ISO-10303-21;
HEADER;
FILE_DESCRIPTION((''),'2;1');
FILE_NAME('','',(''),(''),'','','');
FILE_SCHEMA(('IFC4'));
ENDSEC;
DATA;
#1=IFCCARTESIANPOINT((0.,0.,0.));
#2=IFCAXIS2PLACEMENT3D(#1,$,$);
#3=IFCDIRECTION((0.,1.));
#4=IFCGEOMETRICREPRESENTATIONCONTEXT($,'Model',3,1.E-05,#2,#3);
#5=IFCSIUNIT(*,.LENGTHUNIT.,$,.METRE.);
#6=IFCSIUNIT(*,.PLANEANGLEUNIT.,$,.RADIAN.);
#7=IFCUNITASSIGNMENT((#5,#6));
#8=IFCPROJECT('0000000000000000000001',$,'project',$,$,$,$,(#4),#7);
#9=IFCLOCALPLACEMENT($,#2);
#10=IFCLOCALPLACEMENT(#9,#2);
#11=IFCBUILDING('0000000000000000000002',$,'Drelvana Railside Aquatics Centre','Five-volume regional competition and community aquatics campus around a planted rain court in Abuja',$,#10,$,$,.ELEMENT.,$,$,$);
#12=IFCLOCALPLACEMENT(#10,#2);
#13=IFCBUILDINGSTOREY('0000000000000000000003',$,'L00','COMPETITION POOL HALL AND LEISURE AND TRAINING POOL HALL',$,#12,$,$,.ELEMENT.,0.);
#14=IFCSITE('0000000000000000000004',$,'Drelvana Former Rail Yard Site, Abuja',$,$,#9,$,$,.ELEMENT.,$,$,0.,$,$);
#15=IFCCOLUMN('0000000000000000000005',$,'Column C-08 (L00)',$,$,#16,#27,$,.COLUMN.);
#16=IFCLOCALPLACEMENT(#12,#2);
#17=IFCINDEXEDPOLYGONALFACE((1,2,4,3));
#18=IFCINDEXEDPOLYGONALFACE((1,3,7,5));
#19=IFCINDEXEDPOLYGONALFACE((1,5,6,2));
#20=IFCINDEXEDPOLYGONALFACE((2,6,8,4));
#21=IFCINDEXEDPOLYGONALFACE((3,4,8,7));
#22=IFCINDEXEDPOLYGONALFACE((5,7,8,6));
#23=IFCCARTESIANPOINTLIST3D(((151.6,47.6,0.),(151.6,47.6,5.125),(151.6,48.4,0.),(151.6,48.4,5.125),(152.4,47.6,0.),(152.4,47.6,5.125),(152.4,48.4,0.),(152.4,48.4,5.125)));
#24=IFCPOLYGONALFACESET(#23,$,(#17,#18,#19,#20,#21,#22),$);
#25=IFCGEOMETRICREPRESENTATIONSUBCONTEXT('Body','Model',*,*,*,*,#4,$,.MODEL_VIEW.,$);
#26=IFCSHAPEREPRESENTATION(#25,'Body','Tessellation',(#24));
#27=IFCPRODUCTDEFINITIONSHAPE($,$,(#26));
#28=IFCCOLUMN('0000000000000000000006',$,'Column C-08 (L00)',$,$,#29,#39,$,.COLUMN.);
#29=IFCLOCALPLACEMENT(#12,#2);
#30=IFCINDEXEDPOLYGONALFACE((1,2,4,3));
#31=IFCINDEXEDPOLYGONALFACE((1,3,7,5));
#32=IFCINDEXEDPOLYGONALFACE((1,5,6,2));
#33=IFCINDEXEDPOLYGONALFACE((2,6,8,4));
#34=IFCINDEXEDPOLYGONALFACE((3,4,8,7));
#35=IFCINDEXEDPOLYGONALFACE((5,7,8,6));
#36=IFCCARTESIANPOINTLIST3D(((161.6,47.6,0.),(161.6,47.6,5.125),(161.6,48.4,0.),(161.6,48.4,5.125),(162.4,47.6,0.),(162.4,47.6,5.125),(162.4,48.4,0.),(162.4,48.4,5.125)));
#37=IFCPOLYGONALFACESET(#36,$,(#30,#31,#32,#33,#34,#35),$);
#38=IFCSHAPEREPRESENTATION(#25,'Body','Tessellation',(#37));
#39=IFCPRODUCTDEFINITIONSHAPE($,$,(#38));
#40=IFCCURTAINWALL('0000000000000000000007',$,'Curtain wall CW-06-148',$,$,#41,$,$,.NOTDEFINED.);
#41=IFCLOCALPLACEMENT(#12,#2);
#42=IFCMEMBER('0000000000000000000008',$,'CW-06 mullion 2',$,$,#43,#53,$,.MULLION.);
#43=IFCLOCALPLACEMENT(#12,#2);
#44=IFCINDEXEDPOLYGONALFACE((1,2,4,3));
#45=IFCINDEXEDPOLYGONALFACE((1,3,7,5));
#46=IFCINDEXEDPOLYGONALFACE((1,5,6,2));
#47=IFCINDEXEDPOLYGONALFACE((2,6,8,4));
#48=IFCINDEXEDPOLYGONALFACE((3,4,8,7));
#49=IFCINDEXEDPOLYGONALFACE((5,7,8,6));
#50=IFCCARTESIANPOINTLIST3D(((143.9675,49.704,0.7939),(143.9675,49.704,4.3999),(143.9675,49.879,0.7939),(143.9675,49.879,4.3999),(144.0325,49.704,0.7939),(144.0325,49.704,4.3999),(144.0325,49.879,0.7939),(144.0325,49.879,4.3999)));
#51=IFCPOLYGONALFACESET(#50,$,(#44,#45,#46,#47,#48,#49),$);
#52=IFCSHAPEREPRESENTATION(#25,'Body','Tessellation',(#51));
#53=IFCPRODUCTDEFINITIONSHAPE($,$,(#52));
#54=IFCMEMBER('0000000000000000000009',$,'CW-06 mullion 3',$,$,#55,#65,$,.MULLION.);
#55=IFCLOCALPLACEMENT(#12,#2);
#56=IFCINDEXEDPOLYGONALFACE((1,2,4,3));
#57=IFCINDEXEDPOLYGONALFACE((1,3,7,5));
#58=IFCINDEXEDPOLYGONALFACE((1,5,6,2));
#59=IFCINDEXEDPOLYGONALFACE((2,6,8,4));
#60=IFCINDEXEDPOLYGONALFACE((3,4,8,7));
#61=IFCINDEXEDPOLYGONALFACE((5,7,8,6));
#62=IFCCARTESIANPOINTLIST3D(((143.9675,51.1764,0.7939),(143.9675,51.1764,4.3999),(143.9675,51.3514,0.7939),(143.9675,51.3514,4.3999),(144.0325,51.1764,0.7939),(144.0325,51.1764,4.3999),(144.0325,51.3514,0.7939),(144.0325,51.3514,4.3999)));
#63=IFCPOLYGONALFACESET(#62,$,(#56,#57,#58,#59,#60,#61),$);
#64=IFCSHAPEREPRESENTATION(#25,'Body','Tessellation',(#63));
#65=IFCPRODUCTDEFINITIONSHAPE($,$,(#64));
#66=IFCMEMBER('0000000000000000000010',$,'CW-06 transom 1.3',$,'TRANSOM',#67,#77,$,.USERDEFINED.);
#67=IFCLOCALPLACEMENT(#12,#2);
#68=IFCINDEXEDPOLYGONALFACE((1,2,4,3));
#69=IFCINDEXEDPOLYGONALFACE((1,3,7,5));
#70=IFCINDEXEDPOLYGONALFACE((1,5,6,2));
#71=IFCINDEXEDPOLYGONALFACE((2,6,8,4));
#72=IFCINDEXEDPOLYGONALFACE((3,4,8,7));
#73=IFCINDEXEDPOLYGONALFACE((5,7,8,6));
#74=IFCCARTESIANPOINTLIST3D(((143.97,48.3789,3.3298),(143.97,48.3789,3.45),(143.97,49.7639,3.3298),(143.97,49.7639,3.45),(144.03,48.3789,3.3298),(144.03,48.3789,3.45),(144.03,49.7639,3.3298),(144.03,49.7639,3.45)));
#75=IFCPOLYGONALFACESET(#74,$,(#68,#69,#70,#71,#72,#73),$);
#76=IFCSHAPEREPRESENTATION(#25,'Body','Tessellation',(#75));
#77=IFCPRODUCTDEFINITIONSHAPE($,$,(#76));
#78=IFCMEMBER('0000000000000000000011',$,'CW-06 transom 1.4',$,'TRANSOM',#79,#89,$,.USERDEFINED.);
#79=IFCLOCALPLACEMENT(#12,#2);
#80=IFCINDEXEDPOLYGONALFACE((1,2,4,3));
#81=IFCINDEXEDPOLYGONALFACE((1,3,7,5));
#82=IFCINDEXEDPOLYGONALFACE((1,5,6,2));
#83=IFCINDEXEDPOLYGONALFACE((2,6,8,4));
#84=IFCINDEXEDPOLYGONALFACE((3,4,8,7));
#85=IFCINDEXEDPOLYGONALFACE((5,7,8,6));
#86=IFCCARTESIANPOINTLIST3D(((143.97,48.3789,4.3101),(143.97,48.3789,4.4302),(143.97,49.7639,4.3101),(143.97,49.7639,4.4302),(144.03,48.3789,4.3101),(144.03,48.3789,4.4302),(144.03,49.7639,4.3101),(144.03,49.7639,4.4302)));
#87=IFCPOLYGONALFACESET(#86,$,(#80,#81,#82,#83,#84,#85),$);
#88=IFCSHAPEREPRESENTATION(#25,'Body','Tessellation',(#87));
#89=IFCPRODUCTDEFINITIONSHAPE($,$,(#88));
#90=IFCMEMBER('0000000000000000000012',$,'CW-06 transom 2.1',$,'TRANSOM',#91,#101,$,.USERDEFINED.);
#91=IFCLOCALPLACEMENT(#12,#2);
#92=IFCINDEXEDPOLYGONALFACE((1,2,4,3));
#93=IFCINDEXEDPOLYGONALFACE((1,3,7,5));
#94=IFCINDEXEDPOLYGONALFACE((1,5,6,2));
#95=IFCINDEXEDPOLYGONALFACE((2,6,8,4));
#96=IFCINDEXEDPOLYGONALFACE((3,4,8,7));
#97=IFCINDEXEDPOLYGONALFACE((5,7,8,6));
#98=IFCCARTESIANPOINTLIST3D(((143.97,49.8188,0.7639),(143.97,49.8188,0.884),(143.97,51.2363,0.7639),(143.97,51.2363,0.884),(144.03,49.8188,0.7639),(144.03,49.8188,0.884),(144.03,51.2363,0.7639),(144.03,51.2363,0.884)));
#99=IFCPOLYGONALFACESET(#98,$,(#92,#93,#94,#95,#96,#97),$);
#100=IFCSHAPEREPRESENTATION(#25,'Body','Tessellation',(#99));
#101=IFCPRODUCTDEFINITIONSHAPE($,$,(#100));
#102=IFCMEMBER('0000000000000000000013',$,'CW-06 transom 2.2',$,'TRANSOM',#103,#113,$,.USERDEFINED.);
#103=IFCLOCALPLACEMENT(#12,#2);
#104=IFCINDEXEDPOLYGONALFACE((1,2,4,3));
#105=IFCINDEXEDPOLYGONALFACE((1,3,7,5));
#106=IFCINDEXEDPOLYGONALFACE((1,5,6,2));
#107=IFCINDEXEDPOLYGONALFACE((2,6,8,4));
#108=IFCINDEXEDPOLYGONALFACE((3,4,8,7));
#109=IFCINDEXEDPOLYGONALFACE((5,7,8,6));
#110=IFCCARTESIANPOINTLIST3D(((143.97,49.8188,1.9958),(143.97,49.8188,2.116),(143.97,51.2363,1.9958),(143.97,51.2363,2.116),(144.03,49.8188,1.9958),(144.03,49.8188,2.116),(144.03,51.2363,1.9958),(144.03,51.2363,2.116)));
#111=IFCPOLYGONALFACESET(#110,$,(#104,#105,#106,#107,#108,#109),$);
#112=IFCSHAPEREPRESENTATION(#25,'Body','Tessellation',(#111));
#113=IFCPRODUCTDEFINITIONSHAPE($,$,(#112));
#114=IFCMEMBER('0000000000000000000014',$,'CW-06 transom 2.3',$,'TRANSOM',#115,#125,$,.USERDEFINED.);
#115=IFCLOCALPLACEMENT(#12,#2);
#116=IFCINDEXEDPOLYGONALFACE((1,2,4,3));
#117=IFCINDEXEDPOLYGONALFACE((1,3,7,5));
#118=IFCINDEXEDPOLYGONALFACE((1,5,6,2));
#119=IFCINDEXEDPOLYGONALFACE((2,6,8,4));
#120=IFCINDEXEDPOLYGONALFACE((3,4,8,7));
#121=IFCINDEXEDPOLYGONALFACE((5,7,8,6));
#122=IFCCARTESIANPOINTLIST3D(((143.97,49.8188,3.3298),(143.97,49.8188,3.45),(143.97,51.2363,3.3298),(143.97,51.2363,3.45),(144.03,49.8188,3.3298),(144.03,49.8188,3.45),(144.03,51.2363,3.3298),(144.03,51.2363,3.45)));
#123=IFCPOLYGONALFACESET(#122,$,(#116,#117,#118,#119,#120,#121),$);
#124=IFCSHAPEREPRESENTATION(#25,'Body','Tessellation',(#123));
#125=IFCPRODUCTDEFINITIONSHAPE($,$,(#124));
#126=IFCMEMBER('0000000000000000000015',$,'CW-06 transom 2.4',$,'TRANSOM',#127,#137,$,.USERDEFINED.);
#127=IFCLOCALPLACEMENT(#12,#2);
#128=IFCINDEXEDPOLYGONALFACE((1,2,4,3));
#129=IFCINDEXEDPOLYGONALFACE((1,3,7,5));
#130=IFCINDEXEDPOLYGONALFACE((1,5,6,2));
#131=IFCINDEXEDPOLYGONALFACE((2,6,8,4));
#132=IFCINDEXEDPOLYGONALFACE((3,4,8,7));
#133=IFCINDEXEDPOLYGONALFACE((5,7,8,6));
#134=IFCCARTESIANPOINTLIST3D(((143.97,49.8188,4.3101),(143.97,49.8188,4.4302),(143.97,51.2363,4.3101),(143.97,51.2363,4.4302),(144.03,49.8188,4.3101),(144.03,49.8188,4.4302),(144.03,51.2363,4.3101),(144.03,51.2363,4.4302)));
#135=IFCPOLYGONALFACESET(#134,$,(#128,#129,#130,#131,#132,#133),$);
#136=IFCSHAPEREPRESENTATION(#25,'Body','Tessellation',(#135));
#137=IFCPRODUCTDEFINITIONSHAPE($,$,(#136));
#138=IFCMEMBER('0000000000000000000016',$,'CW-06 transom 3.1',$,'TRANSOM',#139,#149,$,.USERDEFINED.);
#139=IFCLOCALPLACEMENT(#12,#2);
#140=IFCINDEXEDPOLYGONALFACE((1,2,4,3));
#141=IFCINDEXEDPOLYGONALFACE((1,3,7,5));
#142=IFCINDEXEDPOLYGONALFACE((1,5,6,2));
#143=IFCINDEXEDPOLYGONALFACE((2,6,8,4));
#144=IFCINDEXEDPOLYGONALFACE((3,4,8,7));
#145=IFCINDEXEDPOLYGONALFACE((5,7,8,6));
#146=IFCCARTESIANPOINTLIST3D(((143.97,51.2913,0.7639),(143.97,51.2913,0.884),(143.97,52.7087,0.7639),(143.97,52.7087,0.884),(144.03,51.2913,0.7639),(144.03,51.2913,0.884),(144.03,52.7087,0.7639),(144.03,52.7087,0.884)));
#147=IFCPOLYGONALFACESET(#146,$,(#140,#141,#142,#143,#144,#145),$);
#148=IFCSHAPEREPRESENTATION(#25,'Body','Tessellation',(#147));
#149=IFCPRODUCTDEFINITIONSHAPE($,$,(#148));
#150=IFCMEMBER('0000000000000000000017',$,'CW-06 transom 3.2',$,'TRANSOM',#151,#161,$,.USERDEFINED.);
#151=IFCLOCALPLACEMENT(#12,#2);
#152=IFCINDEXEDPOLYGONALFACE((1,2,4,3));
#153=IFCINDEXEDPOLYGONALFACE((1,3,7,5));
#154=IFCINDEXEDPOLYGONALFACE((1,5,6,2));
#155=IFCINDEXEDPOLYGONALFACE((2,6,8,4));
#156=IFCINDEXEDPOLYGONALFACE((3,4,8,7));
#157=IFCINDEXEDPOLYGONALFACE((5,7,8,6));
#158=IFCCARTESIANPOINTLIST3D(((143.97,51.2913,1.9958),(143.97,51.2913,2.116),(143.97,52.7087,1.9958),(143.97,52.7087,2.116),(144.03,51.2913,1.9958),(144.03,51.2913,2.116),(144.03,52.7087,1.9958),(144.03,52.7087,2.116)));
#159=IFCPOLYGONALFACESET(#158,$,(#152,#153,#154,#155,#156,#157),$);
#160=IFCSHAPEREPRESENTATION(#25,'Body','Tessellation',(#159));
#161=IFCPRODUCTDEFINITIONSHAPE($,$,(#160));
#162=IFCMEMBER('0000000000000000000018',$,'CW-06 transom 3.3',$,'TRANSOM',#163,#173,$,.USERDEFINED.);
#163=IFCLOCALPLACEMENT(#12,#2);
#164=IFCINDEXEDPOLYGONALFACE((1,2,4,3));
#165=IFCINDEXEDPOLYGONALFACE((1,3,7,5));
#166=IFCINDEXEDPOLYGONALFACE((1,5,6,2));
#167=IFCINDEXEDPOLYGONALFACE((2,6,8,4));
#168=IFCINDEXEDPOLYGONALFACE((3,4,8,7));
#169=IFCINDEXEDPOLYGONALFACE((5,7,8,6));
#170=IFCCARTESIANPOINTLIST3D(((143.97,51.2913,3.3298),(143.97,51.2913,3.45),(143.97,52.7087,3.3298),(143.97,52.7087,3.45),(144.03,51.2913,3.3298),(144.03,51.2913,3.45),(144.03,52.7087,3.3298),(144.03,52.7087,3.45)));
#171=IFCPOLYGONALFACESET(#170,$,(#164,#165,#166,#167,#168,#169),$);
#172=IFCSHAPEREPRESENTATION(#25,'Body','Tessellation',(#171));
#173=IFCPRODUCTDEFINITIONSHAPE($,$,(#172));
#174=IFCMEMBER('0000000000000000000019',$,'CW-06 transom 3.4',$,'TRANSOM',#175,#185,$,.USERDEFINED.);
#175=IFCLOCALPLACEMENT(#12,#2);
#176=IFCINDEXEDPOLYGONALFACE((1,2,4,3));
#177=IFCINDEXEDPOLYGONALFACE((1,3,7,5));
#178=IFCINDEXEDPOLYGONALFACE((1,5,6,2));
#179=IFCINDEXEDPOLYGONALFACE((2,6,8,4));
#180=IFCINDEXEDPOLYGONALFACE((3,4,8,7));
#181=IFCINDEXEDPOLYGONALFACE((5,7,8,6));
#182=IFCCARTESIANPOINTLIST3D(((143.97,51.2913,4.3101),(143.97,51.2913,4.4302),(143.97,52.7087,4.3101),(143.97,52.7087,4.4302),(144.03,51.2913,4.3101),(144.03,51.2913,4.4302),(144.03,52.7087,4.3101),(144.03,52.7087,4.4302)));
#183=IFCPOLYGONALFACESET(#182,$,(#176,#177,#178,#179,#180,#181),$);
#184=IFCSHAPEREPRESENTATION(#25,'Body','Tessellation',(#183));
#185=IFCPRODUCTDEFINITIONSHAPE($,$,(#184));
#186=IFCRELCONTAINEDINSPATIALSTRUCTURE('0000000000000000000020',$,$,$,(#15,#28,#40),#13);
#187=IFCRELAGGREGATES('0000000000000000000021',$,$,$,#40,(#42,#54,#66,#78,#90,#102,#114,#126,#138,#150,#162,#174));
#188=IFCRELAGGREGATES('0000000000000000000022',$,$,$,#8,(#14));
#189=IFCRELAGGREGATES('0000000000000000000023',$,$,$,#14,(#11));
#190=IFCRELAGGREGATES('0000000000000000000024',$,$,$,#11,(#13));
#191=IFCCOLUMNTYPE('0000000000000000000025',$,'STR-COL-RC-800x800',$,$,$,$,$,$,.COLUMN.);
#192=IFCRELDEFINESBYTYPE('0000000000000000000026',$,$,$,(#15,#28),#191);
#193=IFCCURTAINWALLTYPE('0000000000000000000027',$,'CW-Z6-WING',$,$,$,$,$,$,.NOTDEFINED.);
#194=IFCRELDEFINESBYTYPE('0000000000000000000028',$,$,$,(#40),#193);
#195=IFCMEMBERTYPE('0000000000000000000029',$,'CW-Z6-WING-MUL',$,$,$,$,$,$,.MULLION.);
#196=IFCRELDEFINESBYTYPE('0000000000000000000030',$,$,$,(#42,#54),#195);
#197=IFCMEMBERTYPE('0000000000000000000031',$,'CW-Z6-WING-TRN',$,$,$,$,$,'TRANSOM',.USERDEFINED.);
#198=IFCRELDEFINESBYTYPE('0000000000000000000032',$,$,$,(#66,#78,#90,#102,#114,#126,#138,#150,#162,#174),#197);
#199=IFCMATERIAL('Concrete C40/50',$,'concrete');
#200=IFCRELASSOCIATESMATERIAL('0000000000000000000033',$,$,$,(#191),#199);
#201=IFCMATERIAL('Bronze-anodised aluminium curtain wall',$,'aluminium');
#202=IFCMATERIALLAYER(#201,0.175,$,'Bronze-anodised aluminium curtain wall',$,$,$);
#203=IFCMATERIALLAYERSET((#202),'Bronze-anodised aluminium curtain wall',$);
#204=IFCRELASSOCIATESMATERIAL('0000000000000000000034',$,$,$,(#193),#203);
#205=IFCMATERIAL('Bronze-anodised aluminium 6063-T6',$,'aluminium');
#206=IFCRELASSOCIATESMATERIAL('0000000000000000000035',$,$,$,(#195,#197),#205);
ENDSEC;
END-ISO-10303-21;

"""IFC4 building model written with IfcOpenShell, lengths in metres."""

from ifc_helpers import new_model, si_unit, direction, frame, origin, origin_2d, place, context, subcontext, project, spatial, rectangle, extrude, material, layer, layer_set, material_profile, profile_set, type_object, element, aggregate, save


model = new_model("IFC4")

# Units and contexts
model_context = context("Model", 3, precision=1e-05, world=origin(), true_north=direction((0.0, 1.0)))
body_context = subcontext(model_context, "Body", "Model", "MODEL_VIEW")
ifc_project = project(units=[si_unit("LENGTHUNIT", "METRE"), si_unit("PLANEANGLEUNIT", "RADIAN")], contexts=[model_context])

# Site, building, storey
site_placement = place(None, origin())
site = spatial("IfcSite", under=ifc_project, at=site_placement, Name="Drelvana Former Rail Yard Site, Abuja", CompositionType="ELEMENT", RefElevation=0.0)
building_placement = place(site_placement, origin())
building = spatial("IfcBuilding", under=site, at=building_placement, Name="Drelvana Railside Aquatics Centre", Description="Five-volume regional competition and community aquatics campus around a planted rain court in Abuja", CompositionType="ELEMENT")
storey_placement = place(building_placement, origin())
storey = spatial("IfcBuildingStorey", under=building, at=storey_placement, Name="L00", Description="COMPETITION POOL HALL AND LEISURE AND TRAINING POOL HALL", CompositionType="ELEMENT", Elevation=0.0)

# Columns
ifc_material_1 = material(Name="Concrete C40/50", Category="concrete")
ifc_material_profile_1 = material_profile(ifc_material_1, rectangle(XDim=0.8, YDim=0.8, at=origin_2d()), Name="RC 800x800")
ifc_profile_set_1 = profile_set([ifc_material_profile_1], Name="Concrete C40/50")
column_type = type_object("IfcColumnType", Name="STR-COL-RC-800x800", PredefinedType="COLUMN", material=ifc_profile_set_1)
for number, where, z_axis, x_axis, name in (
    (1, (152.0, 48.0, 0.0), (0.0, 0.0, 1.0), (1.0, 0.0, 0.0), "Column C-08 (L00)"),
    (2, (162.0, 48.0, 0.0), (0.0, 0.0, 1.0), (1.0, 0.0, 0.0), "Column C-08 (L00)"),
):
    element("IfcColumn", number, at=place(storey_placement, frame(where, z_axis=z_axis, x_axis=x_axis)), inside=storey, type_object=column_type, Name=name, PredefinedType="COLUMN", context=body_context, shape_type="SweptSolid", body=[
        extrude(rectangle(XDim=0.8, YDim=0.8, at=origin_2d()), origin(), (0.0, 0.0, 1.0), 5.125),
    ])

# Curtain wall, members
ifc_material_2 = material(Name="Bronze-anodised aluminium curtain wall", Category="aluminium")
ifc_layer_1 = layer(ifc_material_2, 0.175, Name="Bronze-anodised aluminium curtain wall")
ifc_layer_set_1 = layer_set([ifc_layer_1], Name="Bronze-anodised aluminium curtain wall")
curtain_wall_type = type_object("IfcCurtainWallType", Name="CW-Z6-WING", PredefinedType="NOTDEFINED", material=ifc_layer_set_1)
curtain_wall_placement = place(storey_placement, origin())
curtain_wall = element("IfcCurtainWall", 3, at=curtain_wall_placement, inside=storey, type_object=curtain_wall_type, Name="Curtain wall CW-06-148", PredefinedType="NOTDEFINED")
ifc_material_3 = material(Name="Bronze-anodised aluminium 6063-T6", Category="aluminium")
ifc_material_profile_2 = material_profile(ifc_material_3, rectangle(XDim=0.0649, YDim=0.175, at=origin_2d()), Name="ALU-M 65x175")
ifc_profile_set_2 = profile_set([ifc_material_profile_2], Name="Bronze-anodised aluminium 6063-T6")
member_type_1 = type_object("IfcMemberType", Name="CW-Z6-WING-MUL", PredefinedType="MULLION", material=ifc_profile_set_2)
member_1_placement = place(storey_placement, frame((144.0, 49.7915, 0.7939), z_axis=(0.0, 0.0, 1.0), x_axis=(-1.0, 0.0, 0.0)))
member_1 = element("IfcMember", 4, at=member_1_placement, type_object=member_type_1, Name="CW-06 mullion 2", PredefinedType="MULLION", context=body_context, shape_type="SweptSolid", body=[
    extrude(rectangle(XDim=0.0649, YDim=0.175, at=origin_2d()), origin(), (0.0, 0.0, 1.0), 3.606),
])
member_2_placement = place(storey_placement, frame((144.0, 51.2639, 0.7939), z_axis=(0.0, 0.0, 1.0), x_axis=(-1.0, 0.0, 0.0)))
member_2 = element("IfcMember", 5, at=member_2_placement, type_object=member_type_1, Name="CW-06 mullion 3", PredefinedType="MULLION", context=body_context, shape_type="SweptSolid", body=[
    extrude(rectangle(XDim=0.0649, YDim=0.175, at=origin_2d()), origin(), (0.0, 0.0, 1.0), 3.606),
])
ifc_material_profile_3 = material_profile(ifc_material_3, rectangle(XDim=0.1201, YDim=0.0601, at=origin_2d()), Name="ALU-T 60x120")
ifc_profile_set_3 = profile_set([ifc_material_profile_3], Name="Bronze-anodised aluminium 6063-T6")
member_type_2 = type_object("IfcMemberType", Name="CW-Z6-WING-TRN", ElementType="TRANSOM", PredefinedType="USERDEFINED", material=ifc_profile_set_3)
member_3_placement = place(storey_placement, frame((144.0, 48.3789, 3.3899), z_axis=(0.0, 1.0, 0.0), x_axis=(0.0, 0.0, 1.0)))
member_3 = element("IfcMember", 6, at=member_3_placement, type_object=member_type_2, Name="CW-06 transom 1.3", ObjectType="TRANSOM", PredefinedType="USERDEFINED", context=body_context, shape_type="SweptSolid", body=[
    extrude(rectangle(XDim=0.1201, YDim=0.0601, at=origin_2d()), origin(), (0.0, 0.0, 1.0), 1.385),
])
member_4_placement = place(storey_placement, frame((144.0, 48.3789, 4.3701), z_axis=(0.0, 1.0, 0.0), x_axis=(0.0, 0.0, 1.0)))
member_4 = element("IfcMember", 7, at=member_4_placement, type_object=member_type_2, Name="CW-06 transom 1.4", ObjectType="TRANSOM", PredefinedType="USERDEFINED", context=body_context, shape_type="SweptSolid", body=[
    extrude(rectangle(XDim=0.1201, YDim=0.0601, at=origin_2d()), origin(), (0.0, 0.0, 1.0), 1.385),
])
member_5_placement = place(storey_placement, frame((144.0, 49.8188, 0.824), z_axis=(0.0, 1.0, 0.0), x_axis=(0.0, 0.0, 1.0)))
member_5 = element("IfcMember", 8, at=member_5_placement, type_object=member_type_2, Name="CW-06 transom 2.1", ObjectType="TRANSOM", PredefinedType="USERDEFINED", context=body_context, shape_type="SweptSolid", body=[
    extrude(rectangle(XDim=0.1201, YDim=0.0601, at=origin_2d()), origin(), (0.0, 0.0, 1.0), 1.4175),
])
member_6_placement = place(storey_placement, frame((144.0, 49.8188, 2.0559), z_axis=(0.0, 1.0, 0.0), x_axis=(0.0, 0.0, 1.0)))
member_6 = element("IfcMember", 9, at=member_6_placement, type_object=member_type_2, Name="CW-06 transom 2.2", ObjectType="TRANSOM", PredefinedType="USERDEFINED", context=body_context, shape_type="SweptSolid", body=[
    extrude(rectangle(XDim=0.1201, YDim=0.0601, at=origin_2d()), origin(), (0.0, 0.0, 1.0), 1.4175),
])
member_7_placement = place(storey_placement, frame((144.0, 49.8188, 3.3899), z_axis=(0.0, 1.0, 0.0), x_axis=(0.0, 0.0, 1.0)))
member_7 = element("IfcMember", 10, at=member_7_placement, type_object=member_type_2, Name="CW-06 transom 2.3", ObjectType="TRANSOM", PredefinedType="USERDEFINED", context=body_context, shape_type="SweptSolid", body=[
    extrude(rectangle(XDim=0.1201, YDim=0.0601, at=origin_2d()), origin(), (0.0, 0.0, 1.0), 1.4175),
])
member_8_placement = place(storey_placement, frame((144.0, 49.8188, 4.3701), z_axis=(0.0, 1.0, 0.0), x_axis=(0.0, 0.0, 1.0)))
member_8 = element("IfcMember", 11, at=member_8_placement, type_object=member_type_2, Name="CW-06 transom 2.4", ObjectType="TRANSOM", PredefinedType="USERDEFINED", context=body_context, shape_type="SweptSolid", body=[
    extrude(rectangle(XDim=0.1201, YDim=0.0601, at=origin_2d()), origin(), (0.0, 0.0, 1.0), 1.4175),
])
member_9_placement = place(storey_placement, frame((144.0, 51.2913, 0.824), z_axis=(0.0, 1.0, 0.0), x_axis=(0.0, 0.0, 1.0)))
member_9 = element("IfcMember", 12, at=member_9_placement, type_object=member_type_2, Name="CW-06 transom 3.1", ObjectType="TRANSOM", PredefinedType="USERDEFINED", context=body_context, shape_type="SweptSolid", body=[
    extrude(rectangle(XDim=0.1201, YDim=0.0601, at=origin_2d()), origin(), (0.0, 0.0, 1.0), 1.4175),
])
member_10_placement = place(storey_placement, frame((144.0, 51.2913, 2.0559), z_axis=(0.0, 1.0, 0.0), x_axis=(0.0, 0.0, 1.0)))
member_10 = element("IfcMember", 13, at=member_10_placement, type_object=member_type_2, Name="CW-06 transom 3.2", ObjectType="TRANSOM", PredefinedType="USERDEFINED", context=body_context, shape_type="SweptSolid", body=[
    extrude(rectangle(XDim=0.1201, YDim=0.0601, at=origin_2d()), origin(), (0.0, 0.0, 1.0), 1.4175),
])
member_11_placement = place(storey_placement, frame((144.0, 51.2913, 3.3899), z_axis=(0.0, 1.0, 0.0), x_axis=(0.0, 0.0, 1.0)))
member_11 = element("IfcMember", 14, at=member_11_placement, type_object=member_type_2, Name="CW-06 transom 3.3", ObjectType="TRANSOM", PredefinedType="USERDEFINED", context=body_context, shape_type="SweptSolid", body=[
    extrude(rectangle(XDim=0.1201, YDim=0.0601, at=origin_2d()), origin(), (0.0, 0.0, 1.0), 1.4175),
])
member_12_placement = place(storey_placement, frame((144.0, 51.2913, 4.3701), z_axis=(0.0, 1.0, 0.0), x_axis=(0.0, 0.0, 1.0)))
member_12 = element("IfcMember", 15, at=member_12_placement, type_object=member_type_2, Name="CW-06 transom 3.4", ObjectType="TRANSOM", PredefinedType="USERDEFINED", context=body_context, shape_type="SweptSolid", body=[
    extrude(rectangle(XDim=0.1201, YDim=0.0601, at=origin_2d()), origin(), (0.0, 0.0, 1.0), 1.4175),
])

aggregate(curtain_wall, [member_1, member_2, member_3, member_4, member_5, member_6, member_7, member_8, member_9, member_10, member_11, member_12])

save(model, "model.ifc")
